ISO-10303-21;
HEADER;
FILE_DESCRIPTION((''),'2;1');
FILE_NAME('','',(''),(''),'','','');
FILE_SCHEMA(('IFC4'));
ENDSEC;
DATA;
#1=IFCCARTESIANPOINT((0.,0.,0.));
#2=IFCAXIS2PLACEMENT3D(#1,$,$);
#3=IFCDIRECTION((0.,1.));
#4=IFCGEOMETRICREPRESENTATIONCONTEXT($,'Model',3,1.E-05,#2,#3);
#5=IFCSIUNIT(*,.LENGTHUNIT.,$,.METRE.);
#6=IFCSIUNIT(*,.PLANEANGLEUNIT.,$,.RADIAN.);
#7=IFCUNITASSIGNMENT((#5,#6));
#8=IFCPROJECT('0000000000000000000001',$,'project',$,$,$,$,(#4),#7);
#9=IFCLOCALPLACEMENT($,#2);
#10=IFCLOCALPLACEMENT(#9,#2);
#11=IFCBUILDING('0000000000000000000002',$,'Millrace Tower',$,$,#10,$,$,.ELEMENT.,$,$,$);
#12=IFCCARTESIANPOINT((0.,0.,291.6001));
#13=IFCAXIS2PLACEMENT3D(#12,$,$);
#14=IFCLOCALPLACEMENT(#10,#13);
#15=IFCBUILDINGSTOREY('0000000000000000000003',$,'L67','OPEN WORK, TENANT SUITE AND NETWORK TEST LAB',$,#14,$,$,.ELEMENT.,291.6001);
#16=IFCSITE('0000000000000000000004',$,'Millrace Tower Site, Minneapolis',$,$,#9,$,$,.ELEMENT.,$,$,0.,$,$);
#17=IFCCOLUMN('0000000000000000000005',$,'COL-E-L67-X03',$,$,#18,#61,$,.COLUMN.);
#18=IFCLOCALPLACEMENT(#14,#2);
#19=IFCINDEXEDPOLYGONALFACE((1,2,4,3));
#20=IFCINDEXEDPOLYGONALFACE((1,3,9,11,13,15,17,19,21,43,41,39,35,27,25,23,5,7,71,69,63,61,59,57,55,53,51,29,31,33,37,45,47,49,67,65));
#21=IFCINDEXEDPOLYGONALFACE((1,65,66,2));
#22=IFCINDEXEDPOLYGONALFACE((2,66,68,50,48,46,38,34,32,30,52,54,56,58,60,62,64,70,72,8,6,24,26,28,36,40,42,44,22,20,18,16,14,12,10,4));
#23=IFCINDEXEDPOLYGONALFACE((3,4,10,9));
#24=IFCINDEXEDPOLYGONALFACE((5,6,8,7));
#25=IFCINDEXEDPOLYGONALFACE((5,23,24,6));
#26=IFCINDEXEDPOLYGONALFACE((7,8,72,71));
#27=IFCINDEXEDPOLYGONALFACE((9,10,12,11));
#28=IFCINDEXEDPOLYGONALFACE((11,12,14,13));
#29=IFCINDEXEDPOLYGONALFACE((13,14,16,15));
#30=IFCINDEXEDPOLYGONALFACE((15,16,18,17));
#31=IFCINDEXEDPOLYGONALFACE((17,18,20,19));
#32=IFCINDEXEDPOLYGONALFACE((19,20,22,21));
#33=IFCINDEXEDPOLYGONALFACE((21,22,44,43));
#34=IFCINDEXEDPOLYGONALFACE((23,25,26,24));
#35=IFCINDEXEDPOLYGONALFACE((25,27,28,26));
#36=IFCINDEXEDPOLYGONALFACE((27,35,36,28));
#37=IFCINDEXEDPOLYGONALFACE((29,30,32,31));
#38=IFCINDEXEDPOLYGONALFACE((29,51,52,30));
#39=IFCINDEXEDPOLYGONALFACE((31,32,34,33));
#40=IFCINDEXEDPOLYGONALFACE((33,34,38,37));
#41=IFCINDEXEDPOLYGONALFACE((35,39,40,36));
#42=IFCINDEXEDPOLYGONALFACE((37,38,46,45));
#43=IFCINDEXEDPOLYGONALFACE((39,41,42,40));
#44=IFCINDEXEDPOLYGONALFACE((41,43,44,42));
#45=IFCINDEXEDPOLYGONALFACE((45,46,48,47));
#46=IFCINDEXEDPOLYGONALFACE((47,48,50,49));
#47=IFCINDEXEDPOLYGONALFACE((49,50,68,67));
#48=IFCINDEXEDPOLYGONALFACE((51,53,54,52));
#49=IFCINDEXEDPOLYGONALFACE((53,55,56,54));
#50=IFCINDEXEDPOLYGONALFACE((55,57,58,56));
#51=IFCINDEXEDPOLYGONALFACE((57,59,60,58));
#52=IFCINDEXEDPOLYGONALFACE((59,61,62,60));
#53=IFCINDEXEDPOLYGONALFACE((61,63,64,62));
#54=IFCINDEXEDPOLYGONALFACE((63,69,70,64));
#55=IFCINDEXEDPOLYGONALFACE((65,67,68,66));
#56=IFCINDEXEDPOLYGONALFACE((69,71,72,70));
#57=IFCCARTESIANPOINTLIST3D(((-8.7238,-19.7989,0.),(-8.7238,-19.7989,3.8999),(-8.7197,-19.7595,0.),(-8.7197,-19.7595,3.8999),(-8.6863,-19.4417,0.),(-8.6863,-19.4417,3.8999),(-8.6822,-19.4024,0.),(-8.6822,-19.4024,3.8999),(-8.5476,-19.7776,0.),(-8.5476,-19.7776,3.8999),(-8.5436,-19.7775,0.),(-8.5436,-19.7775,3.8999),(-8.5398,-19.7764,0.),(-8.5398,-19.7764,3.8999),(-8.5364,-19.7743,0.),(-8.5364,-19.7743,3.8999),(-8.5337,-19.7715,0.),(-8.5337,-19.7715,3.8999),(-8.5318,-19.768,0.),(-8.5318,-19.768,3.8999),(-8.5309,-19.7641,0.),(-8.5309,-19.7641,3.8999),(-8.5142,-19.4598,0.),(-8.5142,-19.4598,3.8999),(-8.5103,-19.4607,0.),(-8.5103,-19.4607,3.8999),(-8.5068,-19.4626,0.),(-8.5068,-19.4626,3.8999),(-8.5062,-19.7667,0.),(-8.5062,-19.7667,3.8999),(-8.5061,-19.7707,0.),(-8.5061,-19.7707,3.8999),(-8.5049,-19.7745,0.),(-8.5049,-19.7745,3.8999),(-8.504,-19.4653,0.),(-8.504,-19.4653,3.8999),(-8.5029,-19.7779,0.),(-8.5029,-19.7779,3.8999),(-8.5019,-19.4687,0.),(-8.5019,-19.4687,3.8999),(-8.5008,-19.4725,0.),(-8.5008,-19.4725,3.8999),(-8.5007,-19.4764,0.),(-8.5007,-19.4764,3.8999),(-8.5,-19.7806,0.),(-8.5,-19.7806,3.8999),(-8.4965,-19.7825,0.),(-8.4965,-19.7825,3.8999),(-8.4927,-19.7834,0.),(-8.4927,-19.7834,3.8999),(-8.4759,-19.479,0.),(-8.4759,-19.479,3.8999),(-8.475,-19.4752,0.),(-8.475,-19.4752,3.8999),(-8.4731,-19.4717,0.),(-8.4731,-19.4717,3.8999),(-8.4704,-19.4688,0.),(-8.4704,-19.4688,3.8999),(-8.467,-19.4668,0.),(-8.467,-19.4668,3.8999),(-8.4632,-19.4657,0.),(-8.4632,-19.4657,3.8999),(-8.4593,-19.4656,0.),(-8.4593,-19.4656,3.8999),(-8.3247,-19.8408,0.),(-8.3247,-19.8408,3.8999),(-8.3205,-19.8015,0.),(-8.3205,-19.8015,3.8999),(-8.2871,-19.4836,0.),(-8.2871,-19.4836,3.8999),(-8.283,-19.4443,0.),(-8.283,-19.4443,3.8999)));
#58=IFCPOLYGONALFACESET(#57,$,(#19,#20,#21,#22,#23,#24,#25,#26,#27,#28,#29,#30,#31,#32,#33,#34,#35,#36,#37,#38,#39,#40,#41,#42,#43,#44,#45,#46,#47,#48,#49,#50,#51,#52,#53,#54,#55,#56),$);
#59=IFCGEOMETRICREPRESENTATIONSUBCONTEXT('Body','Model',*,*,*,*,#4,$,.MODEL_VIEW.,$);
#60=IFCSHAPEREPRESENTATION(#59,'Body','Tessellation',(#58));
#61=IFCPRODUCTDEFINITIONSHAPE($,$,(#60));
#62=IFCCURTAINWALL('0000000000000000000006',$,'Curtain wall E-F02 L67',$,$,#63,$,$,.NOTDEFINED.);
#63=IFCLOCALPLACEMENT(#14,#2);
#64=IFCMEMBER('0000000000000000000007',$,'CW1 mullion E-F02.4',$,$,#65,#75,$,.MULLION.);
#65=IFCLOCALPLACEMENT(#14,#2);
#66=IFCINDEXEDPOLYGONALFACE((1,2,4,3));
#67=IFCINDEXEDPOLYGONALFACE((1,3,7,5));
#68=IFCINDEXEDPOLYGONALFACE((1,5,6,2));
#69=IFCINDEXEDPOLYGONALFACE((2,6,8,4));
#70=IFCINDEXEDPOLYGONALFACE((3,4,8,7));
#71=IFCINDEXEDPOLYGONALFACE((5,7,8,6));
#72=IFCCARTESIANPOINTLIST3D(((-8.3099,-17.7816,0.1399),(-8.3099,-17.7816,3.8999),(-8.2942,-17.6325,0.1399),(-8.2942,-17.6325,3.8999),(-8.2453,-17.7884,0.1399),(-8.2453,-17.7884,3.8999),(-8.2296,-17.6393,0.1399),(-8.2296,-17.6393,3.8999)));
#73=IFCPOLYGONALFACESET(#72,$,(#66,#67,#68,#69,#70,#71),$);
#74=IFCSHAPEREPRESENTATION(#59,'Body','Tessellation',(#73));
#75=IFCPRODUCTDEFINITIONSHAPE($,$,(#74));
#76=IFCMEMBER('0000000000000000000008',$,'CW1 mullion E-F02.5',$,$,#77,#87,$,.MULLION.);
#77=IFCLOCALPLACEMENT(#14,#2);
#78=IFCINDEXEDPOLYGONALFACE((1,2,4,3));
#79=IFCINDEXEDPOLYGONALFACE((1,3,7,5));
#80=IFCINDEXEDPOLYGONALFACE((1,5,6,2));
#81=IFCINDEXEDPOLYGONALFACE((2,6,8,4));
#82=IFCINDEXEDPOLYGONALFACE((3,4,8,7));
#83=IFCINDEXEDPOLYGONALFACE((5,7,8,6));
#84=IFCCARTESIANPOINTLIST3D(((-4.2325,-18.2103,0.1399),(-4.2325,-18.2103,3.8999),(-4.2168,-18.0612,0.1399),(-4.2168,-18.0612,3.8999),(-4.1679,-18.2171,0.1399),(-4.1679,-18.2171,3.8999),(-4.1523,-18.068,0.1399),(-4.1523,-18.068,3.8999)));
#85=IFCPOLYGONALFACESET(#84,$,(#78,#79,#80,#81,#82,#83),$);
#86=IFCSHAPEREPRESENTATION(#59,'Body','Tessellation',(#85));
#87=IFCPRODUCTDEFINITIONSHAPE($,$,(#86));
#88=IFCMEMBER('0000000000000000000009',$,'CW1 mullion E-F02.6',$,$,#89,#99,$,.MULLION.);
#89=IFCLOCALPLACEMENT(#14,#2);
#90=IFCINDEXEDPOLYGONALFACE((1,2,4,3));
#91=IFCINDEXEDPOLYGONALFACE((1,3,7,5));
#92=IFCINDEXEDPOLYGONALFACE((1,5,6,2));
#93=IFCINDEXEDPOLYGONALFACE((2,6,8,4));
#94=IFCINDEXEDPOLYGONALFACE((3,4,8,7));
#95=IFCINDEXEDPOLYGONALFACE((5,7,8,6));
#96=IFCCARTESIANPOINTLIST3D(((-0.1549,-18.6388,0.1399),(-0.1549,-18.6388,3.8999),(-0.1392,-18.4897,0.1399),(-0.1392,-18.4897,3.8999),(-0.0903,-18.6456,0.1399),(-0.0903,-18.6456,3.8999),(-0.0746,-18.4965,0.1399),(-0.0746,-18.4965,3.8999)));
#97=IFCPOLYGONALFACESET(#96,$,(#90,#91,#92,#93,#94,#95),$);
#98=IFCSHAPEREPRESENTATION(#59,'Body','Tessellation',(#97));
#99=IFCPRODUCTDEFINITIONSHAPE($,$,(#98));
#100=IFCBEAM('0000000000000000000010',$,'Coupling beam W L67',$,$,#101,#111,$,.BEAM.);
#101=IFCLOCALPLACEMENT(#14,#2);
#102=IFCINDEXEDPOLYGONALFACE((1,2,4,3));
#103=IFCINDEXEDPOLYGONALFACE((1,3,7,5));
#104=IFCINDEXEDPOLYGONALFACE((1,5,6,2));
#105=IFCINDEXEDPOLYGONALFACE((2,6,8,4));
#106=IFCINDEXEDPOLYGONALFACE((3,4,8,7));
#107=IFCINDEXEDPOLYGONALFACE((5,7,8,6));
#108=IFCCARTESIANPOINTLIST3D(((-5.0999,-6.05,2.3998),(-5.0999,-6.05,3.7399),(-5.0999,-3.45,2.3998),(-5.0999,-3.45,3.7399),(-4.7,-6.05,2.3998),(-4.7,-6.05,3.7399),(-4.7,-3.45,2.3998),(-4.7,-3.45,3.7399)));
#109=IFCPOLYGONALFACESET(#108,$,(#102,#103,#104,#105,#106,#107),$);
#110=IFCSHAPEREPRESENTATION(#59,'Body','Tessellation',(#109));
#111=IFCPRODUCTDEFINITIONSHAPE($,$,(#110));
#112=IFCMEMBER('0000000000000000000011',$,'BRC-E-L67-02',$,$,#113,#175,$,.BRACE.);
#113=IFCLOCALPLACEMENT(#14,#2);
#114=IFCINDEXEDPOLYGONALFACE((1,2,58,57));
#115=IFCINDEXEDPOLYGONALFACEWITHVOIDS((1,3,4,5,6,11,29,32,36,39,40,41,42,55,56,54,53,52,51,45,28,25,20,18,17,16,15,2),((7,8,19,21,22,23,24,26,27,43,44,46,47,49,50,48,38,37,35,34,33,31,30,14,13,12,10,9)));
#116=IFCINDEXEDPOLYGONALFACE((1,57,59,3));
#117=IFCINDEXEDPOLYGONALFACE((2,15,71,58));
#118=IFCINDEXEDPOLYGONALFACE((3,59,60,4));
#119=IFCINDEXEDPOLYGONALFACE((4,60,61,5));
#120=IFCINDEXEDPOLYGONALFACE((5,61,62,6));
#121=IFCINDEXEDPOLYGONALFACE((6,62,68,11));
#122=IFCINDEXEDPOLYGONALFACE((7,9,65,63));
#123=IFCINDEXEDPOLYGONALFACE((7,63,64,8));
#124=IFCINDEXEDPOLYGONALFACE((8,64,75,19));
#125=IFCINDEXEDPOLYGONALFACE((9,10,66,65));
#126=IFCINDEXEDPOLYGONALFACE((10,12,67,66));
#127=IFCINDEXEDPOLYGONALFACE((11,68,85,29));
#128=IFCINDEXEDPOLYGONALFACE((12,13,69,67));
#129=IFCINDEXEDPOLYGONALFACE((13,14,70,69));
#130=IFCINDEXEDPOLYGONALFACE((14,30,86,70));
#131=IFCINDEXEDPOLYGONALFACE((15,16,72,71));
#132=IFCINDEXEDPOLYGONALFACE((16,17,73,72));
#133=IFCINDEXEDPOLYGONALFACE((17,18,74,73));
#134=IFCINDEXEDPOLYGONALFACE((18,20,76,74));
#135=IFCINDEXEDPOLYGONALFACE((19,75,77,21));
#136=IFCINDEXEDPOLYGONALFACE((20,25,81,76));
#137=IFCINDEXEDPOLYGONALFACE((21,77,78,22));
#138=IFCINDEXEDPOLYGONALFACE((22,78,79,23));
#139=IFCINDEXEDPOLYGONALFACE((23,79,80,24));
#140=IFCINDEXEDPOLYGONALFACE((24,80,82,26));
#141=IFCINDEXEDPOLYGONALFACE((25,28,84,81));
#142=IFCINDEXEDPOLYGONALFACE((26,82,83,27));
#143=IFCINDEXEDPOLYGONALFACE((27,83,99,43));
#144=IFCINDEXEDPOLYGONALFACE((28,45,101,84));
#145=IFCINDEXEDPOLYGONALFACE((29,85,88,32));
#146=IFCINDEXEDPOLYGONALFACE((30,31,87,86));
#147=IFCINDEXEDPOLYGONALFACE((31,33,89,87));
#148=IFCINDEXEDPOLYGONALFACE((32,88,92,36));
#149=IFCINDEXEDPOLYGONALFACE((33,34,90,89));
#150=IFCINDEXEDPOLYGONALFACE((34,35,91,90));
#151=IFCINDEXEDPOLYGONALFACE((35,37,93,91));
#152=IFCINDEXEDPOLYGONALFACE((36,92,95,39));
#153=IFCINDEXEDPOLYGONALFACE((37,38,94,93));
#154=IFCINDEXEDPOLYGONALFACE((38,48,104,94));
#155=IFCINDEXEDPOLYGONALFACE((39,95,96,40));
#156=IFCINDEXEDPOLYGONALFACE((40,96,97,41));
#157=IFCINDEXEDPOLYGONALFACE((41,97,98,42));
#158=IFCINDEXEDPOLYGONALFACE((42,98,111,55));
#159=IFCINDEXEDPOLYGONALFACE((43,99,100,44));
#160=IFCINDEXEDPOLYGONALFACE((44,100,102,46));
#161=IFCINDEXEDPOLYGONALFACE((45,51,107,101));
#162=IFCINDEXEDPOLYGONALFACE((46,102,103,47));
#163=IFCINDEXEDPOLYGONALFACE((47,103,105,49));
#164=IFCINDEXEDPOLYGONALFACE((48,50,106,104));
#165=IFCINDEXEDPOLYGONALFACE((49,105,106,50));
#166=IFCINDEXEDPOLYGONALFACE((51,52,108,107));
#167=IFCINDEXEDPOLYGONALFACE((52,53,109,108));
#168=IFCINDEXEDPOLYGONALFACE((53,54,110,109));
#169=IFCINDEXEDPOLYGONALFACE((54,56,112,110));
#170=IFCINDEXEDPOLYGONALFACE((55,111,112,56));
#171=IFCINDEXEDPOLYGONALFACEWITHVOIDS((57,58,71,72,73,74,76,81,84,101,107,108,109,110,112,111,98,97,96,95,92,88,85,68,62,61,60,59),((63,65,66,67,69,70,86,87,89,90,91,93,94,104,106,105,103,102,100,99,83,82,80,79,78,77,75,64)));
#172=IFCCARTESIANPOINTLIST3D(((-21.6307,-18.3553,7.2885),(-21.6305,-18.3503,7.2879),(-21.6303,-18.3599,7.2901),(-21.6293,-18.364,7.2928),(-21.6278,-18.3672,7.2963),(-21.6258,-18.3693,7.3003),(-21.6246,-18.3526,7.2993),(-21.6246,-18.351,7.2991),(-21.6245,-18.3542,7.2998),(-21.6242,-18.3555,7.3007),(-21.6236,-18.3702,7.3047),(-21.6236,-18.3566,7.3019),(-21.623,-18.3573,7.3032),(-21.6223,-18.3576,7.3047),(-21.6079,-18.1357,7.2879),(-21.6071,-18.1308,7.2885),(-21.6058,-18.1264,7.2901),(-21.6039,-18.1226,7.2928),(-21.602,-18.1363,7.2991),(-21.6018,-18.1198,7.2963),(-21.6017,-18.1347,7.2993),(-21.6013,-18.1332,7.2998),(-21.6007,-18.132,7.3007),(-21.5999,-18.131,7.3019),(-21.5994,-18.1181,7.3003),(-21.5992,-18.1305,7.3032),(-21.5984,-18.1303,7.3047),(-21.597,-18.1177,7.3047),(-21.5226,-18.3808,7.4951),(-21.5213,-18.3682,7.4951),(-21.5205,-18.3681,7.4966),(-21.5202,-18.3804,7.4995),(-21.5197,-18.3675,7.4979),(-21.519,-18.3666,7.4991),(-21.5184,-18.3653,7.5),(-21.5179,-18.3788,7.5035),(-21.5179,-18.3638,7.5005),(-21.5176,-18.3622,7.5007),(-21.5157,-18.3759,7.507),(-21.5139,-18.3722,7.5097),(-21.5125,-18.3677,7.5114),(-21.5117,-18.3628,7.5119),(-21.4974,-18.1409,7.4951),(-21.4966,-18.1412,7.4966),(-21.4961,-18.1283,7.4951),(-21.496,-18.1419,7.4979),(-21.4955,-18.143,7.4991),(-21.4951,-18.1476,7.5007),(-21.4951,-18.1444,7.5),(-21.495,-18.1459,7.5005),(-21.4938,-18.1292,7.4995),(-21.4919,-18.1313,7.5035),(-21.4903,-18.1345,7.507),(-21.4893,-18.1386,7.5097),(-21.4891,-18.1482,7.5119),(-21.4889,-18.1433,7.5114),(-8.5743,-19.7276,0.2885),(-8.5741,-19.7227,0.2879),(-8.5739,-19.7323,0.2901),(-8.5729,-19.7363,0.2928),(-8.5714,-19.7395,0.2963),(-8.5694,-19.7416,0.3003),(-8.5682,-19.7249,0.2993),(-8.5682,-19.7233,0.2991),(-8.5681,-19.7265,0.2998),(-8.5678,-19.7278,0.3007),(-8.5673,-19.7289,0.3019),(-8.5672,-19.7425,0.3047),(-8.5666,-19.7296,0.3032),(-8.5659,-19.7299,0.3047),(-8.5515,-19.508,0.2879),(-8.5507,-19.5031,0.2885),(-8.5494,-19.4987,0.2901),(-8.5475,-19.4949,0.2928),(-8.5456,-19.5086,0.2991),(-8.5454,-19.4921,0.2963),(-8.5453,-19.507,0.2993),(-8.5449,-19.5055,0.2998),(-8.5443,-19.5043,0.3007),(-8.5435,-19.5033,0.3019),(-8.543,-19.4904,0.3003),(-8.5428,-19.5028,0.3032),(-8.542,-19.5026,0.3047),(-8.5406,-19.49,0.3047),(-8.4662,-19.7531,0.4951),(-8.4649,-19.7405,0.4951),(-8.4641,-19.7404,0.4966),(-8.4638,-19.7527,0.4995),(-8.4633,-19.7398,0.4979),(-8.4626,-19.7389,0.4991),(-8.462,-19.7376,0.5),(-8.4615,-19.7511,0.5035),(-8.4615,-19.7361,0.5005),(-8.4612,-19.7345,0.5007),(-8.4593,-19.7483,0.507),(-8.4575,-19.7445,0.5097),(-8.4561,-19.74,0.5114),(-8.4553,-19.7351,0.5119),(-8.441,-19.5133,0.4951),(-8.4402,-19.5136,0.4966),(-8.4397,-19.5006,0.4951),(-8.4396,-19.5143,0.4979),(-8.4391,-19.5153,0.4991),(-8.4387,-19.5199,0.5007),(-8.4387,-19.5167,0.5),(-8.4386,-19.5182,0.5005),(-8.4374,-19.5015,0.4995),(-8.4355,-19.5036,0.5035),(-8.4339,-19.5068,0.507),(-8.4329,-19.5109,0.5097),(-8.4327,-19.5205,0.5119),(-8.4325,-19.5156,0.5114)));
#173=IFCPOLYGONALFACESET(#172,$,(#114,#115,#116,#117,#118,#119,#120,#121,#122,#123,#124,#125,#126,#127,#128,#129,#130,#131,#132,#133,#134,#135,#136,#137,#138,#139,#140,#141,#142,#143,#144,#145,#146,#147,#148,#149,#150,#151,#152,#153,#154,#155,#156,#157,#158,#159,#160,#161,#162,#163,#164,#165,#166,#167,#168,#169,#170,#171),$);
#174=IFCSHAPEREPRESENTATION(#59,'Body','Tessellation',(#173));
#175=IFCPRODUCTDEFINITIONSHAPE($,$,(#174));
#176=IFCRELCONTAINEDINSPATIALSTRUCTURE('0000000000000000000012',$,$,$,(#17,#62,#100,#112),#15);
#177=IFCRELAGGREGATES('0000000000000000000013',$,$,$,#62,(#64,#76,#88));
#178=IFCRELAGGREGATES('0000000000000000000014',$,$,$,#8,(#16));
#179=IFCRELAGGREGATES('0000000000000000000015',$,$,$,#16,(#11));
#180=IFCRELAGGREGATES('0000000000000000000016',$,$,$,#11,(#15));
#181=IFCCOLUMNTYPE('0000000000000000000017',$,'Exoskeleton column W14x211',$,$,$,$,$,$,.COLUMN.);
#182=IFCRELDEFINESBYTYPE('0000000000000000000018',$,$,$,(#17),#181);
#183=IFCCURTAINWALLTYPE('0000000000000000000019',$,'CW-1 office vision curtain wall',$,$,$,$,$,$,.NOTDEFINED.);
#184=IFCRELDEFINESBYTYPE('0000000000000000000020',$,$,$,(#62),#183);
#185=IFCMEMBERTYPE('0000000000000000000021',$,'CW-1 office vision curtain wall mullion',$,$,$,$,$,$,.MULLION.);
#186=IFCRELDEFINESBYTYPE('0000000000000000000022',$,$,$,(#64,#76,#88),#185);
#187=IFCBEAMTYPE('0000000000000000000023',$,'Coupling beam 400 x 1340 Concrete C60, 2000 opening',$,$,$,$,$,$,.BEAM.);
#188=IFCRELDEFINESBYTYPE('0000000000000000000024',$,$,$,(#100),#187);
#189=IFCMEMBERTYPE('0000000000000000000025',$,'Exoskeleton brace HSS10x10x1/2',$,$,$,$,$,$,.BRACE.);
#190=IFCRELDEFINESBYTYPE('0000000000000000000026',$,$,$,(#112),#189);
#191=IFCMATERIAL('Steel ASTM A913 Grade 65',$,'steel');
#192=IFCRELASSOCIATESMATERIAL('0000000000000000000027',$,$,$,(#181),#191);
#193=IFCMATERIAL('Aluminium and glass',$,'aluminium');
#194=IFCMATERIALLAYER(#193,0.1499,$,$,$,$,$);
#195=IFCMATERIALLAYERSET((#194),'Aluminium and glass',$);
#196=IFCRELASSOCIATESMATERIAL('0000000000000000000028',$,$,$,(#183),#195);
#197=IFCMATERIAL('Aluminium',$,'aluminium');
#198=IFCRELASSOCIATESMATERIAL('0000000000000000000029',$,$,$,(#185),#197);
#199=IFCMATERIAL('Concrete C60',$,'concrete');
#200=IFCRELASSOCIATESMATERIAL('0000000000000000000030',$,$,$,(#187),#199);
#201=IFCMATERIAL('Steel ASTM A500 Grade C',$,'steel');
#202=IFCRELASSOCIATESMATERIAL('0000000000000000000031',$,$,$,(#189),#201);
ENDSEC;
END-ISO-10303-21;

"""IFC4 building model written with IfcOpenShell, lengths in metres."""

from ifc_helpers import new_model, si_unit, direction, frame, origin, origin_2d, place, context, subcontext, project, spatial, rectangle, hollow_rectangle, i_section, extrude, material, layer, layer_set, material_profile, profile_set, type_object, element, aggregate, save


model = new_model("IFC4")

# Units and contexts
model_context = context("Model", 3, precision=1e-05, world=origin(), true_north=direction((0.0, 1.0)))
body_context = subcontext(model_context, "Body", "Model", "MODEL_VIEW")
ifc_project = project(units=[si_unit("LENGTHUNIT", "METRE"), si_unit("PLANEANGLEUNIT", "RADIAN")], contexts=[model_context])

# Site, building, storey
site_placement = place(None, origin())
site = spatial("IfcSite", under=ifc_project, at=site_placement, Name="Millrace Tower Site, Minneapolis", CompositionType="ELEMENT", RefElevation=0.0)
building_placement = place(site_placement, origin())
building = spatial("IfcBuilding", under=site, at=building_placement, Name="Millrace Tower", CompositionType="ELEMENT")
storey_placement = place(building_placement, frame((0.0, 0.0, 291.6001)))
storey = spatial("IfcBuildingStorey", under=building, at=storey_placement, Name="L67", Description="OPEN WORK, TENANT SUITE AND NETWORK TEST LAB", CompositionType="ELEMENT", Elevation=291.6001)

# Column
ifc_material_1 = material(Name="Steel ASTM A913 Grade 65", Category="steel")
ifc_material_profile_1 = material_profile(ifc_material_1, i_section(OverallWidth=0.4014, OverallDepth=0.3987, WebThickness=0.0249, FlangeThickness=0.0396, FilletRadius=0.0151, at=origin_2d()))
ifc_profile_set_1 = profile_set([ifc_material_profile_1], Name="Steel ASTM A913 Grade 65")
column_type = type_object("IfcColumnType", Name="Exoskeleton column W14x211", PredefinedType="COLUMN", material=ifc_profile_set_1)
column_placement = place(storey_placement, frame((-8.5034, -19.6216, 0.0), z_axis=(0.0, 0.0, 1.0), x_axis=(0.994522, -0.104528, 0.0)))
element("IfcColumn", 1, at=column_placement, inside=storey, type_object=column_type, Name="COL-E-L67-X03", PredefinedType="COLUMN", context=body_context, shape_type="SweptSolid", body=[
    extrude(i_section(OverallWidth=0.4014, OverallDepth=0.3987, WebThickness=0.0249, FlangeThickness=0.0396, FilletRadius=0.0151, at=origin_2d()), origin(), (0.0, 0.0, 1.0), 3.8999),
])

# Curtain wall, members
ifc_material_2 = material(Name="Aluminium and glass", Category="aluminium")
ifc_layer_1 = layer(ifc_material_2, 0.1499)
ifc_layer_set_1 = layer_set([ifc_layer_1], Name="Aluminium and glass")
curtain_wall_type = type_object("IfcCurtainWallType", Name="CW-1 office vision curtain wall", PredefinedType="NOTDEFINED", material=ifc_layer_set_1)
curtain_wall_placement = place(storey_placement, origin())
curtain_wall = element("IfcCurtainWall", 2, at=curtain_wall_placement, inside=storey, type_object=curtain_wall_type, Name="Curtain wall E-F02 L67", PredefinedType="NOTDEFINED")
ifc_material_3 = material(Name="Aluminium", Category="aluminium")
ifc_material_profile_2 = material_profile(ifc_material_3, rectangle(XDim=0.0649, YDim=0.1499, at=origin_2d()))
ifc_profile_set_2 = profile_set([ifc_material_profile_2], Name="Aluminium")
member_type_1 = type_object("IfcMemberType", Name="CW-1 office vision curtain wall mullion", PredefinedType="MULLION", material=ifc_profile_set_2)
member_1_placement = place(storey_placement, frame((-8.2698, -17.7104, 0.1399), z_axis=(0.0, 0.0, 1.0), x_axis=(0.994522, -0.104528, 0.0)))
member_1 = element("IfcMember", 3, at=member_1_placement, type_object=member_type_1, Name="CW1 mullion E-F02.4", PredefinedType="MULLION", context=body_context, shape_type="SweptSolid", body=[
    extrude(rectangle(XDim=0.0649, YDim=0.1499, at=origin_2d()), origin(), (0.0, 0.0, 1.0), 3.76),
])
member_2_placement = place(storey_placement, frame((-4.1924, -18.1392, 0.1399), z_axis=(0.0, 0.0, 1.0), x_axis=(0.994522, -0.104528, 0.0)))
member_2 = element("IfcMember", 4, at=member_2_placement, type_object=member_type_1, Name="CW1 mullion E-F02.5", PredefinedType="MULLION", context=body_context, shape_type="SweptSolid", body=[
    extrude(rectangle(XDim=0.0649, YDim=0.1499, at=origin_2d()), origin(), (0.0, 0.0, 1.0), 3.76),
])
member_3_placement = place(storey_placement, frame((-0.1147, -18.5676, 0.1399), z_axis=(0.0, 0.0, 1.0), x_axis=(0.994522, -0.104528, 0.0)))
member_3 = element("IfcMember", 5, at=member_3_placement, type_object=member_type_1, Name="CW1 mullion E-F02.6", PredefinedType="MULLION", context=body_context, shape_type="SweptSolid", body=[
    extrude(rectangle(XDim=0.0649, YDim=0.1499, at=origin_2d()), origin(), (0.0, 0.0, 1.0), 3.76),
])
aggregate(curtain_wall, [member_1, member_2, member_3])

# Beam
ifc_material_4 = material(Name="Concrete C60", Category="concrete")
ifc_material_profile_3 = material_profile(ifc_material_4, rectangle(XDim=0.3999, YDim=1.3401, at=origin_2d()))
ifc_profile_set_3 = profile_set([ifc_material_profile_3], Name="Concrete C60")
beam_type_1 = type_object("IfcBeamType", Name="Coupling beam 400 x 1340 Concrete C60, 2000 opening", PredefinedType="BEAM", material=ifc_profile_set_3)
beam_1_placement = place(storey_placement, frame((-4.8999, -6.05, 3.0698), z_axis=(0.0, 1.0, 0.0), x_axis=(-1.0, 0.0, 0.0)))
element("IfcBeam", 6, at=beam_1_placement, inside=storey, type_object=beam_type_1, Name="Coupling beam W L67", PredefinedType="BEAM", context=body_context, shape_type="SweptSolid", body=[
    extrude(rectangle(XDim=0.3999, YDim=1.3401, at=origin_2d()), origin(), (0.0, 0.0, 1.0), 2.6001),
])

# Member
ifc_material_5 = material(Name="Steel ASTM A500 Grade C", Category="steel")
ifc_material_profile_4 = material_profile(ifc_material_5, hollow_rectangle(XDim=0.2539, YDim=0.2539, WallThickness=0.0127, InnerFilletRadius=0.0063, OuterFilletRadius=0.019, at=origin_2d()))
ifc_profile_set_4 = profile_set([ifc_material_profile_4], Name="Steel ASTM A500 Grade C")
member_type_2 = type_object("IfcMemberType", Name="Exoskeleton brace HSS10x10x1/2", PredefinedType="BRACE", material=ifc_profile_set_4)
member_4_placement = place(storey_placement, frame((-8.5034, -19.6216, 0.3999), z_axis=(-0.877568, 0.092238, 0.470496), x_axis=(-0.104531, -0.994522, 0.0)))
element("IfcMember", 7, at=member_4_placement, inside=storey, type_object=member_type_2, Name="BRC-E-L67-02", PredefinedType="BRACE", context=body_context, shape_type="SweptSolid", body=[
    extrude(hollow_rectangle(XDim=0.2539, YDim=0.2539, WallThickness=0.0127, InnerFilletRadius=0.0063, OuterFilletRadius=0.019, at=origin_2d()), origin(), (0.0, 0.0, 1.0), 14.8779),
])

save(model, "model.ifc")
